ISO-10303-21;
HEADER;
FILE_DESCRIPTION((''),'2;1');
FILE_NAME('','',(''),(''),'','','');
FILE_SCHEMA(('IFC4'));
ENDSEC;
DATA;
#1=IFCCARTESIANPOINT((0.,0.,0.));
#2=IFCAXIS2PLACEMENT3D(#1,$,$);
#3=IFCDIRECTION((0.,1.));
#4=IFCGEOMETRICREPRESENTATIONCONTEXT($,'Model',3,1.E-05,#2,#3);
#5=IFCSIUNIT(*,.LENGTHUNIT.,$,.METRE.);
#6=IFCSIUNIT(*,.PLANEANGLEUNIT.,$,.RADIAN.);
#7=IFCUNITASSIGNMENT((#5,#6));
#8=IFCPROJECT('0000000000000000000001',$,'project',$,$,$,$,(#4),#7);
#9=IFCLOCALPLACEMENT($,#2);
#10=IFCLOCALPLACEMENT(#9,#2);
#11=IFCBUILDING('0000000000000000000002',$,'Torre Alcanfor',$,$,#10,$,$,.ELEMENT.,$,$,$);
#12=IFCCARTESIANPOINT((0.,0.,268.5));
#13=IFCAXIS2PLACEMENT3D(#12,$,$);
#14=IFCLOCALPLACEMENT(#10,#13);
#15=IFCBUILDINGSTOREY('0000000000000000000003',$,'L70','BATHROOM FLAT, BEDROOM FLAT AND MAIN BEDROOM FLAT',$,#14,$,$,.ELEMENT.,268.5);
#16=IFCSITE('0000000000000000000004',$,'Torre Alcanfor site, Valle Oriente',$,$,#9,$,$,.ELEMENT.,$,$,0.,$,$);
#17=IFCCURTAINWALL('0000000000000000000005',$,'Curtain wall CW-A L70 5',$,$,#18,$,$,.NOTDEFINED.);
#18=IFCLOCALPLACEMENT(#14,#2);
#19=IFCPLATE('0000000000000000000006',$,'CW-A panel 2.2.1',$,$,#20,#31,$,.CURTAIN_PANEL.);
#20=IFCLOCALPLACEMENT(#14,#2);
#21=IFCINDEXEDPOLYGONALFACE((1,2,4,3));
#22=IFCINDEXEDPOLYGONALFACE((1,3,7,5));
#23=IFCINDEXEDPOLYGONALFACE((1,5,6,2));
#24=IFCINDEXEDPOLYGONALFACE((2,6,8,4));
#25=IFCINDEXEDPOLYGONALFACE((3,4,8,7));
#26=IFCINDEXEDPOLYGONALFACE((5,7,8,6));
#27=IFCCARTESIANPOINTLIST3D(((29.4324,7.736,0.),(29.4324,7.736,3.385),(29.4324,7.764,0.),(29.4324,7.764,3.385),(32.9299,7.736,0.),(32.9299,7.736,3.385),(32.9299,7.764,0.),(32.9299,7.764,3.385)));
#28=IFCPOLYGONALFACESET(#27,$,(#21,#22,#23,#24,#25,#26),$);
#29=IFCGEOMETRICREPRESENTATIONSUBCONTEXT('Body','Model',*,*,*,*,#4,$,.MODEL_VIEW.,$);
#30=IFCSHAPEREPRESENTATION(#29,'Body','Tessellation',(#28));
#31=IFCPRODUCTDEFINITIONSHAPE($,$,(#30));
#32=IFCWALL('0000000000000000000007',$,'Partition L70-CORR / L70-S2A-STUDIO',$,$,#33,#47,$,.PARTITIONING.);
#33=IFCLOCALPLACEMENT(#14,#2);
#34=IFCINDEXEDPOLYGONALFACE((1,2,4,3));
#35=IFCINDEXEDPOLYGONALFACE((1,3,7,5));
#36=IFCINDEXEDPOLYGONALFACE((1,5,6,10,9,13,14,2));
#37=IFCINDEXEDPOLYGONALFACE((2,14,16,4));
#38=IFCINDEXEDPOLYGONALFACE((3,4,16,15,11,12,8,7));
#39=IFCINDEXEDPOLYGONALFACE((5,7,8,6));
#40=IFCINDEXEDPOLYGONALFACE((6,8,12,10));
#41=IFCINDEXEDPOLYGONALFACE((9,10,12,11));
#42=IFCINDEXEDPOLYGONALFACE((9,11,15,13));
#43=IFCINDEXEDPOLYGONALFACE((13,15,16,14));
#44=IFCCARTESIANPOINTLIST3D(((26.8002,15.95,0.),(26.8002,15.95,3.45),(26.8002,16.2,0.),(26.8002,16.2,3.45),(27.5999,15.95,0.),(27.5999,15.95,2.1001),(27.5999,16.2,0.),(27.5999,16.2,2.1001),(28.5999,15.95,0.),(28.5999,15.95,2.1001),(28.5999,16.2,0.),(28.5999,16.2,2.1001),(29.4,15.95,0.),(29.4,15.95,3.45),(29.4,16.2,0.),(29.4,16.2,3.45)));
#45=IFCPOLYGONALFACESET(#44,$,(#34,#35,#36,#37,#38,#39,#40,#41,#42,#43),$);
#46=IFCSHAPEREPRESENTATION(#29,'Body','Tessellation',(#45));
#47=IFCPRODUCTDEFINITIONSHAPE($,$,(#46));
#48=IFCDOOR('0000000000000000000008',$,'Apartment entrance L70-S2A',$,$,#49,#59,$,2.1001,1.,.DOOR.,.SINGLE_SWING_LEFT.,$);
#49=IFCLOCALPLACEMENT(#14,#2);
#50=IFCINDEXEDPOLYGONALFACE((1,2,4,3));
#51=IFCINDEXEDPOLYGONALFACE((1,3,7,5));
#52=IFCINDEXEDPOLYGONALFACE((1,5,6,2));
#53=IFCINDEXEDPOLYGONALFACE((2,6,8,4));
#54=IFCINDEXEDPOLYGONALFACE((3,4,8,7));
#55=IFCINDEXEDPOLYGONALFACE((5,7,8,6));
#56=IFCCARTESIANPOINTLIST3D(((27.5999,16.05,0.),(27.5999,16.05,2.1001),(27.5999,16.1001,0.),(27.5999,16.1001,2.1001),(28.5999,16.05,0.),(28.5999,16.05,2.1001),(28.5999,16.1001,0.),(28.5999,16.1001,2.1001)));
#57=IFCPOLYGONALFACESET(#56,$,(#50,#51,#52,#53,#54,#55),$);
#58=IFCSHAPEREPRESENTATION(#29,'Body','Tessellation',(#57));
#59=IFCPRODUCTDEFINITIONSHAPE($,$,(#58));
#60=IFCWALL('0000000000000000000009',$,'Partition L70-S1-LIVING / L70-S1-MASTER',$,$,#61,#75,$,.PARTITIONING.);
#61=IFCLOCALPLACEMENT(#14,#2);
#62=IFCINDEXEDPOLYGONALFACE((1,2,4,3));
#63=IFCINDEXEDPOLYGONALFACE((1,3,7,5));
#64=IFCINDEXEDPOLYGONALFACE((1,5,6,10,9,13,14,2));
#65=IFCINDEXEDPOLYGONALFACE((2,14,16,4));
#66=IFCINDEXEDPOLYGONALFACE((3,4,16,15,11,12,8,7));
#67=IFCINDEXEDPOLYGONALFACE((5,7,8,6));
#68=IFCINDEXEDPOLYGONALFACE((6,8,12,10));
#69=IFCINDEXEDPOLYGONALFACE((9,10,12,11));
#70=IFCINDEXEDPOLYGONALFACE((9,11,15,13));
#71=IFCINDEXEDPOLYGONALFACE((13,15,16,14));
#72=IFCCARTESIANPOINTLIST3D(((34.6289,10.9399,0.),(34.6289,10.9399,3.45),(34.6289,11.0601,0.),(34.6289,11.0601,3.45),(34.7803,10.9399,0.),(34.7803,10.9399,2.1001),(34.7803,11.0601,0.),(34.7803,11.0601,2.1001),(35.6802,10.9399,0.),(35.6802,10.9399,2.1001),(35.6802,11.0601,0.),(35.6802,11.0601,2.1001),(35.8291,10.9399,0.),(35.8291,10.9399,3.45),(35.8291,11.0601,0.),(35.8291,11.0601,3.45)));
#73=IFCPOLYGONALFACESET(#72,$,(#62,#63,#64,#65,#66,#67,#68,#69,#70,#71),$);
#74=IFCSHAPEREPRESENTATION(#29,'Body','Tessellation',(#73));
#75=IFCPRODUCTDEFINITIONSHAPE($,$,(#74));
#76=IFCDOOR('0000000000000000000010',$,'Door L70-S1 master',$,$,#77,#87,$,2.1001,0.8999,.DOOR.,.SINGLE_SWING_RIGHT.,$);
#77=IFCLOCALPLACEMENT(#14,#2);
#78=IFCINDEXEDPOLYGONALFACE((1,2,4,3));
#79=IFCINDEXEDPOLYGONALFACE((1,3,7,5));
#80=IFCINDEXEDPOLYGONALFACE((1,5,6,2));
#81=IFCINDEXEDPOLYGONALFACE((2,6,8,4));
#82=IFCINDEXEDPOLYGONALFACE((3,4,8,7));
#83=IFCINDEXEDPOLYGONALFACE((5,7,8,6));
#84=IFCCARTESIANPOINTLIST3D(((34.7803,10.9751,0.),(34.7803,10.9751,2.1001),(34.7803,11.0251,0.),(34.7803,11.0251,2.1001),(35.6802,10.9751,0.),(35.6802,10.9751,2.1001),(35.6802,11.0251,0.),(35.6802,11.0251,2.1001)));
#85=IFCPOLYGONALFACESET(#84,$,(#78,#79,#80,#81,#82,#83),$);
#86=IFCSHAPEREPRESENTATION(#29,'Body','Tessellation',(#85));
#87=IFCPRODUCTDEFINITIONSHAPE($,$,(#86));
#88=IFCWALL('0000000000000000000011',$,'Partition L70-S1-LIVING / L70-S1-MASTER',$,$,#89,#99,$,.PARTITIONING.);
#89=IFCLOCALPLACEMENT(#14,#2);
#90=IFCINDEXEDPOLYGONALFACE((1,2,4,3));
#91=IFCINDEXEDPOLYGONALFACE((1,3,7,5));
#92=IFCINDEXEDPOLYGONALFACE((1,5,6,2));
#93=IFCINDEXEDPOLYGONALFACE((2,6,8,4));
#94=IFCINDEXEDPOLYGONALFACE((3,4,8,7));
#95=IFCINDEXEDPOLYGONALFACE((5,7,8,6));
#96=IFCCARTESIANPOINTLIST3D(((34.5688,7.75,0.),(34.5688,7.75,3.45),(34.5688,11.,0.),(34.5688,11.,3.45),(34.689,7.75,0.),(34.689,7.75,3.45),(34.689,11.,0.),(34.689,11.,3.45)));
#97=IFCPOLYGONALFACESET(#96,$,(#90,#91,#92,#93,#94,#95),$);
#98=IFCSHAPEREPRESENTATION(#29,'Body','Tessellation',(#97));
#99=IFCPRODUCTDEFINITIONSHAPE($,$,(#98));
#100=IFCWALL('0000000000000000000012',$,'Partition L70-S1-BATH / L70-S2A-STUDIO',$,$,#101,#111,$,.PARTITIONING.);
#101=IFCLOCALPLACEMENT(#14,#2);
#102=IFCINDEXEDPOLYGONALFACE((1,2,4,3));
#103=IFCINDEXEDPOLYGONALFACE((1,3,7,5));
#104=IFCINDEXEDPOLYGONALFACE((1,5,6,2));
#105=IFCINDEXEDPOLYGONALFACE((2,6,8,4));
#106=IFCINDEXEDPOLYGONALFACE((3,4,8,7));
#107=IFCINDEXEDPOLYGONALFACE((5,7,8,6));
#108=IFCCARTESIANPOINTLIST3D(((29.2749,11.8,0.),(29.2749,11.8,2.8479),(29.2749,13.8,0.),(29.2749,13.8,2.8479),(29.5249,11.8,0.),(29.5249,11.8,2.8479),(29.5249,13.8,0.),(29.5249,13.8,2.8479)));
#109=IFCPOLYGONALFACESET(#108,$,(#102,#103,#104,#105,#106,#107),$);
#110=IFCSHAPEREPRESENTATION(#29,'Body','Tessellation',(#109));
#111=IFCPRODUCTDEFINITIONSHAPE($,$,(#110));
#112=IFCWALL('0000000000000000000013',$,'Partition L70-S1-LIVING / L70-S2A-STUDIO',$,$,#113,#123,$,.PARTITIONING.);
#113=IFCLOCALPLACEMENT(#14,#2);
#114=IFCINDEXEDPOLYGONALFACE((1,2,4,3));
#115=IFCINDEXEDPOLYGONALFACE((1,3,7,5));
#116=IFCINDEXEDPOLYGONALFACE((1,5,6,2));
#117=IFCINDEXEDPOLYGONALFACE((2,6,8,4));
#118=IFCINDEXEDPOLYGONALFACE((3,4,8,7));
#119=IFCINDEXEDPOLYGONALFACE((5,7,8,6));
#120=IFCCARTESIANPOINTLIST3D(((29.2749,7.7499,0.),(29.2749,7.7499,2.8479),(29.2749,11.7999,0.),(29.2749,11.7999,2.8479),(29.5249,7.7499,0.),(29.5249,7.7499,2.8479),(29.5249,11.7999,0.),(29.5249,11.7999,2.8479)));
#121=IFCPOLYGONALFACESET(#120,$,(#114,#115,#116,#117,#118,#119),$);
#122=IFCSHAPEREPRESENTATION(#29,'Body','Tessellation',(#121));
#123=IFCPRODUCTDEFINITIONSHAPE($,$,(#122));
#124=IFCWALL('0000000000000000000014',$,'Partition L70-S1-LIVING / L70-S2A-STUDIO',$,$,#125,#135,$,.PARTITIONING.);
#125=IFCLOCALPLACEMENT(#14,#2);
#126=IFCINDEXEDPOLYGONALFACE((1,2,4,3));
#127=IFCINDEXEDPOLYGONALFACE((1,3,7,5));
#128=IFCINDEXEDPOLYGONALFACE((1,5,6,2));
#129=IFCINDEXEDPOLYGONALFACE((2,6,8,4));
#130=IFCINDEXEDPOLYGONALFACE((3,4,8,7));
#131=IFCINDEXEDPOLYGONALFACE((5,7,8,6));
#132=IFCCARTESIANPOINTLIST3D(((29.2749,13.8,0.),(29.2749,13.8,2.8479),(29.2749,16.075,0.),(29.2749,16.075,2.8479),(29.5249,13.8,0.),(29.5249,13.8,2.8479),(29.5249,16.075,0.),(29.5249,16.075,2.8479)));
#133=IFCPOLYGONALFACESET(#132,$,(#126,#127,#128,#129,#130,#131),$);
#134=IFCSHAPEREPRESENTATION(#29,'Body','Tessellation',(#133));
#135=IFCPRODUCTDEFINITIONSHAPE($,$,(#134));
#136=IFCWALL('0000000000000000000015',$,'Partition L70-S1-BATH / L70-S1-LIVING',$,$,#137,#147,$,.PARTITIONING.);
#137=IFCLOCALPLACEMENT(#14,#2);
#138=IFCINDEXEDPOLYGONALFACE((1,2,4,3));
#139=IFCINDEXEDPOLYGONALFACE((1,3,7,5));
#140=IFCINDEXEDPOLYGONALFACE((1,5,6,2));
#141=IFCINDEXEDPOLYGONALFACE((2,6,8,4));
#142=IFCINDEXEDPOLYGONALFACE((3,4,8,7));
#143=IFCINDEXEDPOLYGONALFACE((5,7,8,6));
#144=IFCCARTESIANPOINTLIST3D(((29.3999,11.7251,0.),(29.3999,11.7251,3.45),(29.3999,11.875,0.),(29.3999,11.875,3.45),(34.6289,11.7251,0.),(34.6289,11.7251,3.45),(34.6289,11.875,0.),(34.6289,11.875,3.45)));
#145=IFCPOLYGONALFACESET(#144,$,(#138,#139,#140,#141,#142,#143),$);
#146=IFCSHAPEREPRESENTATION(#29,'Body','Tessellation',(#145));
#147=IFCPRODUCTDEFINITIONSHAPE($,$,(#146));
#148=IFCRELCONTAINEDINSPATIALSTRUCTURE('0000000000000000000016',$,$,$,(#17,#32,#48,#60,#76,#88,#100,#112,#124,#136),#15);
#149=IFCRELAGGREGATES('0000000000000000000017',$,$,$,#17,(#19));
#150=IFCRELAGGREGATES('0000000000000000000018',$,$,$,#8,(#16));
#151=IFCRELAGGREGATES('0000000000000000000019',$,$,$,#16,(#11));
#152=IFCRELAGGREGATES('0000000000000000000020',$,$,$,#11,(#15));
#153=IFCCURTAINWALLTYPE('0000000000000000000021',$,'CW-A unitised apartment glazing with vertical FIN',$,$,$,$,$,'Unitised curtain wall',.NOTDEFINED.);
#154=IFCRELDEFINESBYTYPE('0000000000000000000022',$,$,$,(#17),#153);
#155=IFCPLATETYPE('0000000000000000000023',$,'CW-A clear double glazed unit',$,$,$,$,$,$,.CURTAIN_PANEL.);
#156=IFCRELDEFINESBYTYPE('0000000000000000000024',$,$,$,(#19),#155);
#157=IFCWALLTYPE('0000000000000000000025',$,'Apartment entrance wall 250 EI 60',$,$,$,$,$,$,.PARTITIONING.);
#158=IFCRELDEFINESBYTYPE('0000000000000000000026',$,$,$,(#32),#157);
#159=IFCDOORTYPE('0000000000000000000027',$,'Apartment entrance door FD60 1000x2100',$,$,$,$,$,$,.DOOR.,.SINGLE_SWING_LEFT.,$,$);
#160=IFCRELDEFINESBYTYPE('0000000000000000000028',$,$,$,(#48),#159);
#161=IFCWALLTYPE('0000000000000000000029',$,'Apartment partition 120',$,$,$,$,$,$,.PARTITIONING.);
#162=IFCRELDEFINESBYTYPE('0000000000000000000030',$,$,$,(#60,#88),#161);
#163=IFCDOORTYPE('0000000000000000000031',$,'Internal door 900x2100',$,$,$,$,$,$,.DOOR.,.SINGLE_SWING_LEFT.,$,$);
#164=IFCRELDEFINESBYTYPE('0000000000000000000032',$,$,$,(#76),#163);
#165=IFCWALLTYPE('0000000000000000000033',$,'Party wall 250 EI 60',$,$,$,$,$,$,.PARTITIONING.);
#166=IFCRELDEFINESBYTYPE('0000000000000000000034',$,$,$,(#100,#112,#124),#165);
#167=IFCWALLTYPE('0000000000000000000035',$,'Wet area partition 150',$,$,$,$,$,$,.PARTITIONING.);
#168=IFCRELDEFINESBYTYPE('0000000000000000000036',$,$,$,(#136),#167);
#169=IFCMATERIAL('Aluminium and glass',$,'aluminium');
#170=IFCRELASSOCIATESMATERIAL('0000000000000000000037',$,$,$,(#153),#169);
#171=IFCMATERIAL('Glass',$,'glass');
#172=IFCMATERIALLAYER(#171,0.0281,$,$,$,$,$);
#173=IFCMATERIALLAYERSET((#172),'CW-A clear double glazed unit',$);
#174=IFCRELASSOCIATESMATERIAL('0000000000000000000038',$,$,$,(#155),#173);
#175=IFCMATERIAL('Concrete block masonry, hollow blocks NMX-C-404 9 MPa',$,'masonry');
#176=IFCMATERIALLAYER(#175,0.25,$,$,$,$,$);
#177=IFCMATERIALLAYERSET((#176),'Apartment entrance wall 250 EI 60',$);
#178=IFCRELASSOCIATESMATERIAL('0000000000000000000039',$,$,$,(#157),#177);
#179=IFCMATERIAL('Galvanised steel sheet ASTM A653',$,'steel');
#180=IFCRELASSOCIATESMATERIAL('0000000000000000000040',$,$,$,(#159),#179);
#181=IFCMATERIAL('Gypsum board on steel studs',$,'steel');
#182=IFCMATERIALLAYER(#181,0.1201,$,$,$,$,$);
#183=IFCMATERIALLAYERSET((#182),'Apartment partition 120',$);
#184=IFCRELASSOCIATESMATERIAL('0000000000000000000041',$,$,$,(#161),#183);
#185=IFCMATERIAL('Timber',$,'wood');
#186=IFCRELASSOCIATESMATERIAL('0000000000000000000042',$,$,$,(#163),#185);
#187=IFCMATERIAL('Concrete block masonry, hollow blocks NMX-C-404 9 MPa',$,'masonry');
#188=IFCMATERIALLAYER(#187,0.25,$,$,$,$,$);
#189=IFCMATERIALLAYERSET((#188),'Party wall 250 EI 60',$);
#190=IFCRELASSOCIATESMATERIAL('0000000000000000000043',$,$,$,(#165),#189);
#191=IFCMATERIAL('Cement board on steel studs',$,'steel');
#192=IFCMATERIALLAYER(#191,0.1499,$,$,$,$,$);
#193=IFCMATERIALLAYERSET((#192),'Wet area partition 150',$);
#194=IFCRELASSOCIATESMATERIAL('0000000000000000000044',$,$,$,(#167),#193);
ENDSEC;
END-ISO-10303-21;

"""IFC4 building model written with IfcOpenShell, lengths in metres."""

from ifc_helpers import new_model, si_unit, direction, frame, frame_2d, origin, origin_2d, place, context, subcontext, project, spatial, rectangle, extrude, material, layer, layer_set, type_object, element, fill, aggregate, save


model = new_model("IFC4")

# Units and contexts
model_context = context("Model", 3, precision=1e-05, world=origin(), true_north=direction((0.0, 1.0)))
body_context = subcontext(model_context, "Body", "Model", "MODEL_VIEW")
ifc_project = project(units=[si_unit("LENGTHUNIT", "METRE"), si_unit("PLANEANGLEUNIT", "RADIAN")], contexts=[model_context])

# Site, building, storey
site_placement = place(None, origin())
site = spatial("IfcSite", under=ifc_project, at=site_placement, Name="Torre Alcanfor site, Valle Oriente", CompositionType="ELEMENT", RefElevation=0.0)
building_placement = place(site_placement, origin())
building = spatial("IfcBuilding", under=site, at=building_placement, Name="Torre Alcanfor", CompositionType="ELEMENT")
storey_placement = place(building_placement, frame((0.0, 0.0, 268.5)))
storey = spatial("IfcBuildingStorey", under=building, at=storey_placement, Name="L70", Description="BATHROOM FLAT, BEDROOM FLAT AND MAIN BEDROOM FLAT", CompositionType="ELEMENT", Elevation=268.5)

# Curtain wall
ifc_material_1 = material(Name="Aluminium and glass", Category="aluminium")
curtain_wall_type = type_object("IfcCurtainWallType", Name="CW-A unitised apartment glazing with vertical FIN", ElementType="Unitised curtain wall", PredefinedType="NOTDEFINED", material=ifc_material_1)
curtain_wall_placement = place(storey_placement, origin())
curtain_wall = element("IfcCurtainWall", 1, at=curtain_wall_placement, inside=storey, type_object=curtain_wall_type, Name="Curtain wall CW-A L70 5", PredefinedType="NOTDEFINED")

# Plate
ifc_material_2 = material(Name="Glass", Category="glass")
ifc_layer_1 = layer(ifc_material_2, 0.0281)
ifc_layer_set_1 = layer_set([ifc_layer_1], Name="CW-A clear double glazed unit")
plate_type = type_object("IfcPlateType", Name="CW-A clear double glazed unit", PredefinedType="CURTAIN_PANEL", material=ifc_layer_set_1)
plate_placement = place(storey_placement, frame((31.1812, 7.75, 0.0), z_axis=(0.0, 0.0, 1.0), x_axis=(1.0, 0.0, 0.0)))
plate = element("IfcPlate", 2, at=plate_placement, type_object=plate_type, Name="CW-A panel 2.2.1", PredefinedType="CURTAIN_PANEL", context=body_context, shape_type="SweptSolid", body=[
    extrude(rectangle(XDim=3.4976, YDim=0.0281, at=origin_2d()), origin(), (0.0, 0.0, 1.0), 3.385),
])
aggregate(curtain_wall, [plate])

# Walls, openings, doors
ifc_material_3 = material(Name="Concrete block masonry, hollow blocks NMX-C-404 9 MPa", Category="masonry")
ifc_layer_2 = layer(ifc_material_3, 0.25)
ifc_layer_set_2 = layer_set([ifc_layer_2], Name="Apartment entrance wall 250 EI 60")
wall_type_1 = type_object("IfcWallType", Name="Apartment entrance wall 250 EI 60", PredefinedType="PARTITIONING", material=ifc_layer_set_2)
wall_1_placement = place(storey_placement, frame((29.3999, 16.075, 0.0), z_axis=(0.0, 0.0, 1.0), x_axis=(-1.0, 0.0, 0.0)))
wall_1 = element("IfcWall", 3, at=wall_1_placement, inside=storey, type_object=wall_type_1, Name="Partition L70-CORR / L70-S2A-STUDIO", PredefinedType="PARTITIONING", context=body_context, shape_type="SweptSolid", body=[
    extrude(rectangle(XDim=2.5999, YDim=0.25, at=frame_2d((1.2998, 0.0))), origin(), (0.0, 0.0, 1.0), 3.45),
])
opening_1_placement = place(wall_1_placement, frame((0.8, 0.0, 0.0)))
opening_1 = element("IfcOpeningElement", 4, at=opening_1_placement, cuts=wall_1, PredefinedType="OPENING", context=body_context, shape_type="SweptSolid", body=[
    extrude(rectangle(XDim=1.0, YDim=2.1001, at=frame_2d((0.5, 1.05))), frame((0.0, 0.135, 0.0), z_axis=(0.0, -1.0, 0.0), x_axis=(1.0, 0.0, 0.0)), (0.0, 0.0, 1.0), 0.27),
])
ifc_material_4 = material(Name="Galvanised steel sheet ASTM A653", Category="steel")
door_type_1 = type_object("IfcDoorType", Name="Apartment entrance door FD60 1000x2100", OperationType="SINGLE_SWING_LEFT", PredefinedType="DOOR", material=ifc_material_4)
door_1_placement = place(opening_1_placement, origin())
door_1 = element("IfcDoor", 5, at=door_1_placement, inside=storey, type_object=door_type_1, Name="Apartment entrance L70-S2A", OperationType="SINGLE_SWING_LEFT", OverallHeight=2.1001, OverallWidth=1.0, PredefinedType="DOOR", context=body_context, shape_type="SweptSolid", body=[
    extrude(rectangle(XDim=1.0, YDim=2.1001, at=frame_2d((0.5, 1.05))), frame((0.0, 0.0249, 0.0), z_axis=(0.0, -1.0, 0.0), x_axis=(1.0, 0.0, 0.0)), (0.0, 0.0, 1.0), 0.05),
])
fill(opening_1, door_1)
ifc_material_5 = material(Name="Gypsum board on steel studs", Category="steel")
ifc_layer_3 = layer(ifc_material_5, 0.1201)
ifc_layer_set_3 = layer_set([ifc_layer_3], Name="Apartment partition 120")
wall_type_2 = type_object("IfcWallType", Name="Apartment partition 120", PredefinedType="PARTITIONING", material=ifc_layer_set_3)
wall_2_placement = place(storey_placement, frame((35.8291, 11.0, 0.0), z_axis=(0.0, 0.0, 1.0), x_axis=(-1.0, 0.0, 0.0)))
wall_2 = element("IfcWall", 6, at=wall_2_placement, inside=storey, type_object=wall_type_2, Name="Partition L70-S1-LIVING / L70-S1-MASTER", PredefinedType="PARTITIONING", context=body_context, shape_type="SweptSolid", body=[
    extrude(rectangle(XDim=1.2002, YDim=0.1201, at=frame_2d((0.6001, 0.0))), origin(), (0.0, 0.0, 1.0), 3.45),
])
opening_2_placement = place(wall_2_placement, frame((0.1489, 0.0, 0.0)))
opening_2 = element("IfcOpeningElement", 7, at=opening_2_placement, cuts=wall_2, PredefinedType="OPENING", context=body_context, shape_type="SweptSolid", body=[
    extrude(rectangle(XDim=0.8999, YDim=2.1001, at=frame_2d((0.45, 1.05))), frame((0.0, 0.0701, 0.0), z_axis=(0.0, -1.0, 0.0), x_axis=(1.0, 0.0, 0.0)), (0.0, 0.0, 1.0), 0.1401),
])
ifc_material_6 = material(Name="Timber", Category="wood")
door_type_2 = type_object("IfcDoorType", Name="Internal door 900x2100", OperationType="SINGLE_SWING_LEFT", PredefinedType="DOOR", material=ifc_material_6)
door_2_placement = place(opening_2_placement, origin())
door_2 = element("IfcDoor", 8, at=door_2_placement, inside=storey, type_object=door_type_2, Name="Door L70-S1 master", OperationType="SINGLE_SWING_RIGHT", OverallHeight=2.1001, OverallWidth=0.8999, PredefinedType="DOOR", context=body_context, shape_type="SweptSolid", body=[
    extrude(rectangle(XDim=0.8999, YDim=2.1001, at=frame_2d((0.45, 1.05))), frame((0.0, 0.0249, 0.0), z_axis=(0.0, -1.0, 0.0), x_axis=(1.0, 0.0, 0.0)), (0.0, 0.0, 1.0), 0.05),
])
fill(opening_2, door_2)

# Walls
wall_3_placement = place(storey_placement, frame((34.6289, 11.0, 0.0), z_axis=(0.0, 0.0, 1.0), x_axis=(0.0, -1.0, 0.0)))
element("IfcWall", 9, at=wall_3_placement, inside=storey, type_object=wall_type_2, Name="Partition L70-S1-LIVING / L70-S1-MASTER", PredefinedType="PARTITIONING", context=body_context, shape_type="SweptSolid", body=[
    extrude(rectangle(XDim=3.25, YDim=0.1201, at=frame_2d((1.625, 0.0))), origin(), (0.0, 0.0, 1.0), 3.45),
])
ifc_material_7 = material(Name="Concrete block masonry, hollow blocks NMX-C-404 9 MPa", Category="masonry")
ifc_layer_4 = layer(ifc_material_7, 0.25)
ifc_layer_set_4 = layer_set([ifc_layer_4], Name="Party wall 250 EI 60")
wall_type_3 = type_object("IfcWallType", Name="Party wall 250 EI 60", PredefinedType="PARTITIONING", material=ifc_layer_set_4)
wall_4_placement = place(storey_placement, frame((29.3999, 13.8, 0.0), z_axis=(0.0, 0.0, 1.0), x_axis=(0.0, -1.0, 0.0)))
element("IfcWall", 10, at=wall_4_placement, inside=storey, type_object=wall_type_3, Name="Partition L70-S1-BATH / L70-S2A-STUDIO", PredefinedType="PARTITIONING", context=body_context, shape_type="SweptSolid", body=[
    extrude(rectangle(XDim=2.0, YDim=0.25, at=frame_2d((1.0, 0.0))), origin(), (0.0, 0.0, 1.0), 2.8479),
])
wall_5_placement = place(storey_placement, frame((29.3999, 7.75, 0.0), z_axis=(0.0, 0.0, 1.0), x_axis=(0.0, 1.0, 0.0)))
element("IfcWall", 11, at=wall_5_placement, inside=storey, type_object=wall_type_3, Name="Partition L70-S1-LIVING / L70-S2A-STUDIO", PredefinedType="PARTITIONING", context=body_context, shape_type="SweptSolid", body=[
    extrude(rectangle(XDim=4.05, YDim=0.25, at=frame_2d((2.0249, 0.0))), origin(), (0.0, 0.0, 1.0), 2.8479),
])
wall_6_placement = place(storey_placement, frame((29.3999, 13.8, 0.0), z_axis=(0.0, 0.0, 1.0), x_axis=(0.0, 1.0, 0.0)))
element("IfcWall", 12, at=wall_6_placement, inside=storey, type_object=wall_type_3, Name="Partition L70-S1-LIVING / L70-S2A-STUDIO", PredefinedType="PARTITIONING", context=body_context, shape_type="SweptSolid", body=[
    extrude(rectangle(XDim=2.2749, YDim=0.25, at=frame_2d((1.1375, 0.0))), origin(), (0.0, 0.0, 1.0), 2.8479),
])
ifc_material_8 = material(Name="Cement board on steel studs", Category="steel")
ifc_layer_5 = layer(ifc_material_8, 0.1499)
ifc_layer_set_5 = layer_set([ifc_layer_5], Name="Wet area partition 150")
wall_type_4 = type_object("IfcWallType", Name="Wet area partition 150", PredefinedType="PARTITIONING", material=ifc_layer_set_5)
wall_7_placement = place(storey_placement, frame((29.3999, 11.8, 0.0), z_axis=(0.0, 0.0, 1.0), x_axis=(1.0, 0.0, 0.0)))
element("IfcWall", 13, at=wall_7_placement, inside=storey, type_object=wall_type_4, Name="Partition L70-S1-BATH / L70-S1-LIVING", PredefinedType="PARTITIONING", context=body_context, shape_type="SweptSolid", body=[
    extrude(rectangle(XDim=5.229, YDim=0.1499, at=frame_2d((2.6145, 0.0))), origin(), (0.0, 0.0, 1.0), 3.45),
])

save(model, "model.ifc")
